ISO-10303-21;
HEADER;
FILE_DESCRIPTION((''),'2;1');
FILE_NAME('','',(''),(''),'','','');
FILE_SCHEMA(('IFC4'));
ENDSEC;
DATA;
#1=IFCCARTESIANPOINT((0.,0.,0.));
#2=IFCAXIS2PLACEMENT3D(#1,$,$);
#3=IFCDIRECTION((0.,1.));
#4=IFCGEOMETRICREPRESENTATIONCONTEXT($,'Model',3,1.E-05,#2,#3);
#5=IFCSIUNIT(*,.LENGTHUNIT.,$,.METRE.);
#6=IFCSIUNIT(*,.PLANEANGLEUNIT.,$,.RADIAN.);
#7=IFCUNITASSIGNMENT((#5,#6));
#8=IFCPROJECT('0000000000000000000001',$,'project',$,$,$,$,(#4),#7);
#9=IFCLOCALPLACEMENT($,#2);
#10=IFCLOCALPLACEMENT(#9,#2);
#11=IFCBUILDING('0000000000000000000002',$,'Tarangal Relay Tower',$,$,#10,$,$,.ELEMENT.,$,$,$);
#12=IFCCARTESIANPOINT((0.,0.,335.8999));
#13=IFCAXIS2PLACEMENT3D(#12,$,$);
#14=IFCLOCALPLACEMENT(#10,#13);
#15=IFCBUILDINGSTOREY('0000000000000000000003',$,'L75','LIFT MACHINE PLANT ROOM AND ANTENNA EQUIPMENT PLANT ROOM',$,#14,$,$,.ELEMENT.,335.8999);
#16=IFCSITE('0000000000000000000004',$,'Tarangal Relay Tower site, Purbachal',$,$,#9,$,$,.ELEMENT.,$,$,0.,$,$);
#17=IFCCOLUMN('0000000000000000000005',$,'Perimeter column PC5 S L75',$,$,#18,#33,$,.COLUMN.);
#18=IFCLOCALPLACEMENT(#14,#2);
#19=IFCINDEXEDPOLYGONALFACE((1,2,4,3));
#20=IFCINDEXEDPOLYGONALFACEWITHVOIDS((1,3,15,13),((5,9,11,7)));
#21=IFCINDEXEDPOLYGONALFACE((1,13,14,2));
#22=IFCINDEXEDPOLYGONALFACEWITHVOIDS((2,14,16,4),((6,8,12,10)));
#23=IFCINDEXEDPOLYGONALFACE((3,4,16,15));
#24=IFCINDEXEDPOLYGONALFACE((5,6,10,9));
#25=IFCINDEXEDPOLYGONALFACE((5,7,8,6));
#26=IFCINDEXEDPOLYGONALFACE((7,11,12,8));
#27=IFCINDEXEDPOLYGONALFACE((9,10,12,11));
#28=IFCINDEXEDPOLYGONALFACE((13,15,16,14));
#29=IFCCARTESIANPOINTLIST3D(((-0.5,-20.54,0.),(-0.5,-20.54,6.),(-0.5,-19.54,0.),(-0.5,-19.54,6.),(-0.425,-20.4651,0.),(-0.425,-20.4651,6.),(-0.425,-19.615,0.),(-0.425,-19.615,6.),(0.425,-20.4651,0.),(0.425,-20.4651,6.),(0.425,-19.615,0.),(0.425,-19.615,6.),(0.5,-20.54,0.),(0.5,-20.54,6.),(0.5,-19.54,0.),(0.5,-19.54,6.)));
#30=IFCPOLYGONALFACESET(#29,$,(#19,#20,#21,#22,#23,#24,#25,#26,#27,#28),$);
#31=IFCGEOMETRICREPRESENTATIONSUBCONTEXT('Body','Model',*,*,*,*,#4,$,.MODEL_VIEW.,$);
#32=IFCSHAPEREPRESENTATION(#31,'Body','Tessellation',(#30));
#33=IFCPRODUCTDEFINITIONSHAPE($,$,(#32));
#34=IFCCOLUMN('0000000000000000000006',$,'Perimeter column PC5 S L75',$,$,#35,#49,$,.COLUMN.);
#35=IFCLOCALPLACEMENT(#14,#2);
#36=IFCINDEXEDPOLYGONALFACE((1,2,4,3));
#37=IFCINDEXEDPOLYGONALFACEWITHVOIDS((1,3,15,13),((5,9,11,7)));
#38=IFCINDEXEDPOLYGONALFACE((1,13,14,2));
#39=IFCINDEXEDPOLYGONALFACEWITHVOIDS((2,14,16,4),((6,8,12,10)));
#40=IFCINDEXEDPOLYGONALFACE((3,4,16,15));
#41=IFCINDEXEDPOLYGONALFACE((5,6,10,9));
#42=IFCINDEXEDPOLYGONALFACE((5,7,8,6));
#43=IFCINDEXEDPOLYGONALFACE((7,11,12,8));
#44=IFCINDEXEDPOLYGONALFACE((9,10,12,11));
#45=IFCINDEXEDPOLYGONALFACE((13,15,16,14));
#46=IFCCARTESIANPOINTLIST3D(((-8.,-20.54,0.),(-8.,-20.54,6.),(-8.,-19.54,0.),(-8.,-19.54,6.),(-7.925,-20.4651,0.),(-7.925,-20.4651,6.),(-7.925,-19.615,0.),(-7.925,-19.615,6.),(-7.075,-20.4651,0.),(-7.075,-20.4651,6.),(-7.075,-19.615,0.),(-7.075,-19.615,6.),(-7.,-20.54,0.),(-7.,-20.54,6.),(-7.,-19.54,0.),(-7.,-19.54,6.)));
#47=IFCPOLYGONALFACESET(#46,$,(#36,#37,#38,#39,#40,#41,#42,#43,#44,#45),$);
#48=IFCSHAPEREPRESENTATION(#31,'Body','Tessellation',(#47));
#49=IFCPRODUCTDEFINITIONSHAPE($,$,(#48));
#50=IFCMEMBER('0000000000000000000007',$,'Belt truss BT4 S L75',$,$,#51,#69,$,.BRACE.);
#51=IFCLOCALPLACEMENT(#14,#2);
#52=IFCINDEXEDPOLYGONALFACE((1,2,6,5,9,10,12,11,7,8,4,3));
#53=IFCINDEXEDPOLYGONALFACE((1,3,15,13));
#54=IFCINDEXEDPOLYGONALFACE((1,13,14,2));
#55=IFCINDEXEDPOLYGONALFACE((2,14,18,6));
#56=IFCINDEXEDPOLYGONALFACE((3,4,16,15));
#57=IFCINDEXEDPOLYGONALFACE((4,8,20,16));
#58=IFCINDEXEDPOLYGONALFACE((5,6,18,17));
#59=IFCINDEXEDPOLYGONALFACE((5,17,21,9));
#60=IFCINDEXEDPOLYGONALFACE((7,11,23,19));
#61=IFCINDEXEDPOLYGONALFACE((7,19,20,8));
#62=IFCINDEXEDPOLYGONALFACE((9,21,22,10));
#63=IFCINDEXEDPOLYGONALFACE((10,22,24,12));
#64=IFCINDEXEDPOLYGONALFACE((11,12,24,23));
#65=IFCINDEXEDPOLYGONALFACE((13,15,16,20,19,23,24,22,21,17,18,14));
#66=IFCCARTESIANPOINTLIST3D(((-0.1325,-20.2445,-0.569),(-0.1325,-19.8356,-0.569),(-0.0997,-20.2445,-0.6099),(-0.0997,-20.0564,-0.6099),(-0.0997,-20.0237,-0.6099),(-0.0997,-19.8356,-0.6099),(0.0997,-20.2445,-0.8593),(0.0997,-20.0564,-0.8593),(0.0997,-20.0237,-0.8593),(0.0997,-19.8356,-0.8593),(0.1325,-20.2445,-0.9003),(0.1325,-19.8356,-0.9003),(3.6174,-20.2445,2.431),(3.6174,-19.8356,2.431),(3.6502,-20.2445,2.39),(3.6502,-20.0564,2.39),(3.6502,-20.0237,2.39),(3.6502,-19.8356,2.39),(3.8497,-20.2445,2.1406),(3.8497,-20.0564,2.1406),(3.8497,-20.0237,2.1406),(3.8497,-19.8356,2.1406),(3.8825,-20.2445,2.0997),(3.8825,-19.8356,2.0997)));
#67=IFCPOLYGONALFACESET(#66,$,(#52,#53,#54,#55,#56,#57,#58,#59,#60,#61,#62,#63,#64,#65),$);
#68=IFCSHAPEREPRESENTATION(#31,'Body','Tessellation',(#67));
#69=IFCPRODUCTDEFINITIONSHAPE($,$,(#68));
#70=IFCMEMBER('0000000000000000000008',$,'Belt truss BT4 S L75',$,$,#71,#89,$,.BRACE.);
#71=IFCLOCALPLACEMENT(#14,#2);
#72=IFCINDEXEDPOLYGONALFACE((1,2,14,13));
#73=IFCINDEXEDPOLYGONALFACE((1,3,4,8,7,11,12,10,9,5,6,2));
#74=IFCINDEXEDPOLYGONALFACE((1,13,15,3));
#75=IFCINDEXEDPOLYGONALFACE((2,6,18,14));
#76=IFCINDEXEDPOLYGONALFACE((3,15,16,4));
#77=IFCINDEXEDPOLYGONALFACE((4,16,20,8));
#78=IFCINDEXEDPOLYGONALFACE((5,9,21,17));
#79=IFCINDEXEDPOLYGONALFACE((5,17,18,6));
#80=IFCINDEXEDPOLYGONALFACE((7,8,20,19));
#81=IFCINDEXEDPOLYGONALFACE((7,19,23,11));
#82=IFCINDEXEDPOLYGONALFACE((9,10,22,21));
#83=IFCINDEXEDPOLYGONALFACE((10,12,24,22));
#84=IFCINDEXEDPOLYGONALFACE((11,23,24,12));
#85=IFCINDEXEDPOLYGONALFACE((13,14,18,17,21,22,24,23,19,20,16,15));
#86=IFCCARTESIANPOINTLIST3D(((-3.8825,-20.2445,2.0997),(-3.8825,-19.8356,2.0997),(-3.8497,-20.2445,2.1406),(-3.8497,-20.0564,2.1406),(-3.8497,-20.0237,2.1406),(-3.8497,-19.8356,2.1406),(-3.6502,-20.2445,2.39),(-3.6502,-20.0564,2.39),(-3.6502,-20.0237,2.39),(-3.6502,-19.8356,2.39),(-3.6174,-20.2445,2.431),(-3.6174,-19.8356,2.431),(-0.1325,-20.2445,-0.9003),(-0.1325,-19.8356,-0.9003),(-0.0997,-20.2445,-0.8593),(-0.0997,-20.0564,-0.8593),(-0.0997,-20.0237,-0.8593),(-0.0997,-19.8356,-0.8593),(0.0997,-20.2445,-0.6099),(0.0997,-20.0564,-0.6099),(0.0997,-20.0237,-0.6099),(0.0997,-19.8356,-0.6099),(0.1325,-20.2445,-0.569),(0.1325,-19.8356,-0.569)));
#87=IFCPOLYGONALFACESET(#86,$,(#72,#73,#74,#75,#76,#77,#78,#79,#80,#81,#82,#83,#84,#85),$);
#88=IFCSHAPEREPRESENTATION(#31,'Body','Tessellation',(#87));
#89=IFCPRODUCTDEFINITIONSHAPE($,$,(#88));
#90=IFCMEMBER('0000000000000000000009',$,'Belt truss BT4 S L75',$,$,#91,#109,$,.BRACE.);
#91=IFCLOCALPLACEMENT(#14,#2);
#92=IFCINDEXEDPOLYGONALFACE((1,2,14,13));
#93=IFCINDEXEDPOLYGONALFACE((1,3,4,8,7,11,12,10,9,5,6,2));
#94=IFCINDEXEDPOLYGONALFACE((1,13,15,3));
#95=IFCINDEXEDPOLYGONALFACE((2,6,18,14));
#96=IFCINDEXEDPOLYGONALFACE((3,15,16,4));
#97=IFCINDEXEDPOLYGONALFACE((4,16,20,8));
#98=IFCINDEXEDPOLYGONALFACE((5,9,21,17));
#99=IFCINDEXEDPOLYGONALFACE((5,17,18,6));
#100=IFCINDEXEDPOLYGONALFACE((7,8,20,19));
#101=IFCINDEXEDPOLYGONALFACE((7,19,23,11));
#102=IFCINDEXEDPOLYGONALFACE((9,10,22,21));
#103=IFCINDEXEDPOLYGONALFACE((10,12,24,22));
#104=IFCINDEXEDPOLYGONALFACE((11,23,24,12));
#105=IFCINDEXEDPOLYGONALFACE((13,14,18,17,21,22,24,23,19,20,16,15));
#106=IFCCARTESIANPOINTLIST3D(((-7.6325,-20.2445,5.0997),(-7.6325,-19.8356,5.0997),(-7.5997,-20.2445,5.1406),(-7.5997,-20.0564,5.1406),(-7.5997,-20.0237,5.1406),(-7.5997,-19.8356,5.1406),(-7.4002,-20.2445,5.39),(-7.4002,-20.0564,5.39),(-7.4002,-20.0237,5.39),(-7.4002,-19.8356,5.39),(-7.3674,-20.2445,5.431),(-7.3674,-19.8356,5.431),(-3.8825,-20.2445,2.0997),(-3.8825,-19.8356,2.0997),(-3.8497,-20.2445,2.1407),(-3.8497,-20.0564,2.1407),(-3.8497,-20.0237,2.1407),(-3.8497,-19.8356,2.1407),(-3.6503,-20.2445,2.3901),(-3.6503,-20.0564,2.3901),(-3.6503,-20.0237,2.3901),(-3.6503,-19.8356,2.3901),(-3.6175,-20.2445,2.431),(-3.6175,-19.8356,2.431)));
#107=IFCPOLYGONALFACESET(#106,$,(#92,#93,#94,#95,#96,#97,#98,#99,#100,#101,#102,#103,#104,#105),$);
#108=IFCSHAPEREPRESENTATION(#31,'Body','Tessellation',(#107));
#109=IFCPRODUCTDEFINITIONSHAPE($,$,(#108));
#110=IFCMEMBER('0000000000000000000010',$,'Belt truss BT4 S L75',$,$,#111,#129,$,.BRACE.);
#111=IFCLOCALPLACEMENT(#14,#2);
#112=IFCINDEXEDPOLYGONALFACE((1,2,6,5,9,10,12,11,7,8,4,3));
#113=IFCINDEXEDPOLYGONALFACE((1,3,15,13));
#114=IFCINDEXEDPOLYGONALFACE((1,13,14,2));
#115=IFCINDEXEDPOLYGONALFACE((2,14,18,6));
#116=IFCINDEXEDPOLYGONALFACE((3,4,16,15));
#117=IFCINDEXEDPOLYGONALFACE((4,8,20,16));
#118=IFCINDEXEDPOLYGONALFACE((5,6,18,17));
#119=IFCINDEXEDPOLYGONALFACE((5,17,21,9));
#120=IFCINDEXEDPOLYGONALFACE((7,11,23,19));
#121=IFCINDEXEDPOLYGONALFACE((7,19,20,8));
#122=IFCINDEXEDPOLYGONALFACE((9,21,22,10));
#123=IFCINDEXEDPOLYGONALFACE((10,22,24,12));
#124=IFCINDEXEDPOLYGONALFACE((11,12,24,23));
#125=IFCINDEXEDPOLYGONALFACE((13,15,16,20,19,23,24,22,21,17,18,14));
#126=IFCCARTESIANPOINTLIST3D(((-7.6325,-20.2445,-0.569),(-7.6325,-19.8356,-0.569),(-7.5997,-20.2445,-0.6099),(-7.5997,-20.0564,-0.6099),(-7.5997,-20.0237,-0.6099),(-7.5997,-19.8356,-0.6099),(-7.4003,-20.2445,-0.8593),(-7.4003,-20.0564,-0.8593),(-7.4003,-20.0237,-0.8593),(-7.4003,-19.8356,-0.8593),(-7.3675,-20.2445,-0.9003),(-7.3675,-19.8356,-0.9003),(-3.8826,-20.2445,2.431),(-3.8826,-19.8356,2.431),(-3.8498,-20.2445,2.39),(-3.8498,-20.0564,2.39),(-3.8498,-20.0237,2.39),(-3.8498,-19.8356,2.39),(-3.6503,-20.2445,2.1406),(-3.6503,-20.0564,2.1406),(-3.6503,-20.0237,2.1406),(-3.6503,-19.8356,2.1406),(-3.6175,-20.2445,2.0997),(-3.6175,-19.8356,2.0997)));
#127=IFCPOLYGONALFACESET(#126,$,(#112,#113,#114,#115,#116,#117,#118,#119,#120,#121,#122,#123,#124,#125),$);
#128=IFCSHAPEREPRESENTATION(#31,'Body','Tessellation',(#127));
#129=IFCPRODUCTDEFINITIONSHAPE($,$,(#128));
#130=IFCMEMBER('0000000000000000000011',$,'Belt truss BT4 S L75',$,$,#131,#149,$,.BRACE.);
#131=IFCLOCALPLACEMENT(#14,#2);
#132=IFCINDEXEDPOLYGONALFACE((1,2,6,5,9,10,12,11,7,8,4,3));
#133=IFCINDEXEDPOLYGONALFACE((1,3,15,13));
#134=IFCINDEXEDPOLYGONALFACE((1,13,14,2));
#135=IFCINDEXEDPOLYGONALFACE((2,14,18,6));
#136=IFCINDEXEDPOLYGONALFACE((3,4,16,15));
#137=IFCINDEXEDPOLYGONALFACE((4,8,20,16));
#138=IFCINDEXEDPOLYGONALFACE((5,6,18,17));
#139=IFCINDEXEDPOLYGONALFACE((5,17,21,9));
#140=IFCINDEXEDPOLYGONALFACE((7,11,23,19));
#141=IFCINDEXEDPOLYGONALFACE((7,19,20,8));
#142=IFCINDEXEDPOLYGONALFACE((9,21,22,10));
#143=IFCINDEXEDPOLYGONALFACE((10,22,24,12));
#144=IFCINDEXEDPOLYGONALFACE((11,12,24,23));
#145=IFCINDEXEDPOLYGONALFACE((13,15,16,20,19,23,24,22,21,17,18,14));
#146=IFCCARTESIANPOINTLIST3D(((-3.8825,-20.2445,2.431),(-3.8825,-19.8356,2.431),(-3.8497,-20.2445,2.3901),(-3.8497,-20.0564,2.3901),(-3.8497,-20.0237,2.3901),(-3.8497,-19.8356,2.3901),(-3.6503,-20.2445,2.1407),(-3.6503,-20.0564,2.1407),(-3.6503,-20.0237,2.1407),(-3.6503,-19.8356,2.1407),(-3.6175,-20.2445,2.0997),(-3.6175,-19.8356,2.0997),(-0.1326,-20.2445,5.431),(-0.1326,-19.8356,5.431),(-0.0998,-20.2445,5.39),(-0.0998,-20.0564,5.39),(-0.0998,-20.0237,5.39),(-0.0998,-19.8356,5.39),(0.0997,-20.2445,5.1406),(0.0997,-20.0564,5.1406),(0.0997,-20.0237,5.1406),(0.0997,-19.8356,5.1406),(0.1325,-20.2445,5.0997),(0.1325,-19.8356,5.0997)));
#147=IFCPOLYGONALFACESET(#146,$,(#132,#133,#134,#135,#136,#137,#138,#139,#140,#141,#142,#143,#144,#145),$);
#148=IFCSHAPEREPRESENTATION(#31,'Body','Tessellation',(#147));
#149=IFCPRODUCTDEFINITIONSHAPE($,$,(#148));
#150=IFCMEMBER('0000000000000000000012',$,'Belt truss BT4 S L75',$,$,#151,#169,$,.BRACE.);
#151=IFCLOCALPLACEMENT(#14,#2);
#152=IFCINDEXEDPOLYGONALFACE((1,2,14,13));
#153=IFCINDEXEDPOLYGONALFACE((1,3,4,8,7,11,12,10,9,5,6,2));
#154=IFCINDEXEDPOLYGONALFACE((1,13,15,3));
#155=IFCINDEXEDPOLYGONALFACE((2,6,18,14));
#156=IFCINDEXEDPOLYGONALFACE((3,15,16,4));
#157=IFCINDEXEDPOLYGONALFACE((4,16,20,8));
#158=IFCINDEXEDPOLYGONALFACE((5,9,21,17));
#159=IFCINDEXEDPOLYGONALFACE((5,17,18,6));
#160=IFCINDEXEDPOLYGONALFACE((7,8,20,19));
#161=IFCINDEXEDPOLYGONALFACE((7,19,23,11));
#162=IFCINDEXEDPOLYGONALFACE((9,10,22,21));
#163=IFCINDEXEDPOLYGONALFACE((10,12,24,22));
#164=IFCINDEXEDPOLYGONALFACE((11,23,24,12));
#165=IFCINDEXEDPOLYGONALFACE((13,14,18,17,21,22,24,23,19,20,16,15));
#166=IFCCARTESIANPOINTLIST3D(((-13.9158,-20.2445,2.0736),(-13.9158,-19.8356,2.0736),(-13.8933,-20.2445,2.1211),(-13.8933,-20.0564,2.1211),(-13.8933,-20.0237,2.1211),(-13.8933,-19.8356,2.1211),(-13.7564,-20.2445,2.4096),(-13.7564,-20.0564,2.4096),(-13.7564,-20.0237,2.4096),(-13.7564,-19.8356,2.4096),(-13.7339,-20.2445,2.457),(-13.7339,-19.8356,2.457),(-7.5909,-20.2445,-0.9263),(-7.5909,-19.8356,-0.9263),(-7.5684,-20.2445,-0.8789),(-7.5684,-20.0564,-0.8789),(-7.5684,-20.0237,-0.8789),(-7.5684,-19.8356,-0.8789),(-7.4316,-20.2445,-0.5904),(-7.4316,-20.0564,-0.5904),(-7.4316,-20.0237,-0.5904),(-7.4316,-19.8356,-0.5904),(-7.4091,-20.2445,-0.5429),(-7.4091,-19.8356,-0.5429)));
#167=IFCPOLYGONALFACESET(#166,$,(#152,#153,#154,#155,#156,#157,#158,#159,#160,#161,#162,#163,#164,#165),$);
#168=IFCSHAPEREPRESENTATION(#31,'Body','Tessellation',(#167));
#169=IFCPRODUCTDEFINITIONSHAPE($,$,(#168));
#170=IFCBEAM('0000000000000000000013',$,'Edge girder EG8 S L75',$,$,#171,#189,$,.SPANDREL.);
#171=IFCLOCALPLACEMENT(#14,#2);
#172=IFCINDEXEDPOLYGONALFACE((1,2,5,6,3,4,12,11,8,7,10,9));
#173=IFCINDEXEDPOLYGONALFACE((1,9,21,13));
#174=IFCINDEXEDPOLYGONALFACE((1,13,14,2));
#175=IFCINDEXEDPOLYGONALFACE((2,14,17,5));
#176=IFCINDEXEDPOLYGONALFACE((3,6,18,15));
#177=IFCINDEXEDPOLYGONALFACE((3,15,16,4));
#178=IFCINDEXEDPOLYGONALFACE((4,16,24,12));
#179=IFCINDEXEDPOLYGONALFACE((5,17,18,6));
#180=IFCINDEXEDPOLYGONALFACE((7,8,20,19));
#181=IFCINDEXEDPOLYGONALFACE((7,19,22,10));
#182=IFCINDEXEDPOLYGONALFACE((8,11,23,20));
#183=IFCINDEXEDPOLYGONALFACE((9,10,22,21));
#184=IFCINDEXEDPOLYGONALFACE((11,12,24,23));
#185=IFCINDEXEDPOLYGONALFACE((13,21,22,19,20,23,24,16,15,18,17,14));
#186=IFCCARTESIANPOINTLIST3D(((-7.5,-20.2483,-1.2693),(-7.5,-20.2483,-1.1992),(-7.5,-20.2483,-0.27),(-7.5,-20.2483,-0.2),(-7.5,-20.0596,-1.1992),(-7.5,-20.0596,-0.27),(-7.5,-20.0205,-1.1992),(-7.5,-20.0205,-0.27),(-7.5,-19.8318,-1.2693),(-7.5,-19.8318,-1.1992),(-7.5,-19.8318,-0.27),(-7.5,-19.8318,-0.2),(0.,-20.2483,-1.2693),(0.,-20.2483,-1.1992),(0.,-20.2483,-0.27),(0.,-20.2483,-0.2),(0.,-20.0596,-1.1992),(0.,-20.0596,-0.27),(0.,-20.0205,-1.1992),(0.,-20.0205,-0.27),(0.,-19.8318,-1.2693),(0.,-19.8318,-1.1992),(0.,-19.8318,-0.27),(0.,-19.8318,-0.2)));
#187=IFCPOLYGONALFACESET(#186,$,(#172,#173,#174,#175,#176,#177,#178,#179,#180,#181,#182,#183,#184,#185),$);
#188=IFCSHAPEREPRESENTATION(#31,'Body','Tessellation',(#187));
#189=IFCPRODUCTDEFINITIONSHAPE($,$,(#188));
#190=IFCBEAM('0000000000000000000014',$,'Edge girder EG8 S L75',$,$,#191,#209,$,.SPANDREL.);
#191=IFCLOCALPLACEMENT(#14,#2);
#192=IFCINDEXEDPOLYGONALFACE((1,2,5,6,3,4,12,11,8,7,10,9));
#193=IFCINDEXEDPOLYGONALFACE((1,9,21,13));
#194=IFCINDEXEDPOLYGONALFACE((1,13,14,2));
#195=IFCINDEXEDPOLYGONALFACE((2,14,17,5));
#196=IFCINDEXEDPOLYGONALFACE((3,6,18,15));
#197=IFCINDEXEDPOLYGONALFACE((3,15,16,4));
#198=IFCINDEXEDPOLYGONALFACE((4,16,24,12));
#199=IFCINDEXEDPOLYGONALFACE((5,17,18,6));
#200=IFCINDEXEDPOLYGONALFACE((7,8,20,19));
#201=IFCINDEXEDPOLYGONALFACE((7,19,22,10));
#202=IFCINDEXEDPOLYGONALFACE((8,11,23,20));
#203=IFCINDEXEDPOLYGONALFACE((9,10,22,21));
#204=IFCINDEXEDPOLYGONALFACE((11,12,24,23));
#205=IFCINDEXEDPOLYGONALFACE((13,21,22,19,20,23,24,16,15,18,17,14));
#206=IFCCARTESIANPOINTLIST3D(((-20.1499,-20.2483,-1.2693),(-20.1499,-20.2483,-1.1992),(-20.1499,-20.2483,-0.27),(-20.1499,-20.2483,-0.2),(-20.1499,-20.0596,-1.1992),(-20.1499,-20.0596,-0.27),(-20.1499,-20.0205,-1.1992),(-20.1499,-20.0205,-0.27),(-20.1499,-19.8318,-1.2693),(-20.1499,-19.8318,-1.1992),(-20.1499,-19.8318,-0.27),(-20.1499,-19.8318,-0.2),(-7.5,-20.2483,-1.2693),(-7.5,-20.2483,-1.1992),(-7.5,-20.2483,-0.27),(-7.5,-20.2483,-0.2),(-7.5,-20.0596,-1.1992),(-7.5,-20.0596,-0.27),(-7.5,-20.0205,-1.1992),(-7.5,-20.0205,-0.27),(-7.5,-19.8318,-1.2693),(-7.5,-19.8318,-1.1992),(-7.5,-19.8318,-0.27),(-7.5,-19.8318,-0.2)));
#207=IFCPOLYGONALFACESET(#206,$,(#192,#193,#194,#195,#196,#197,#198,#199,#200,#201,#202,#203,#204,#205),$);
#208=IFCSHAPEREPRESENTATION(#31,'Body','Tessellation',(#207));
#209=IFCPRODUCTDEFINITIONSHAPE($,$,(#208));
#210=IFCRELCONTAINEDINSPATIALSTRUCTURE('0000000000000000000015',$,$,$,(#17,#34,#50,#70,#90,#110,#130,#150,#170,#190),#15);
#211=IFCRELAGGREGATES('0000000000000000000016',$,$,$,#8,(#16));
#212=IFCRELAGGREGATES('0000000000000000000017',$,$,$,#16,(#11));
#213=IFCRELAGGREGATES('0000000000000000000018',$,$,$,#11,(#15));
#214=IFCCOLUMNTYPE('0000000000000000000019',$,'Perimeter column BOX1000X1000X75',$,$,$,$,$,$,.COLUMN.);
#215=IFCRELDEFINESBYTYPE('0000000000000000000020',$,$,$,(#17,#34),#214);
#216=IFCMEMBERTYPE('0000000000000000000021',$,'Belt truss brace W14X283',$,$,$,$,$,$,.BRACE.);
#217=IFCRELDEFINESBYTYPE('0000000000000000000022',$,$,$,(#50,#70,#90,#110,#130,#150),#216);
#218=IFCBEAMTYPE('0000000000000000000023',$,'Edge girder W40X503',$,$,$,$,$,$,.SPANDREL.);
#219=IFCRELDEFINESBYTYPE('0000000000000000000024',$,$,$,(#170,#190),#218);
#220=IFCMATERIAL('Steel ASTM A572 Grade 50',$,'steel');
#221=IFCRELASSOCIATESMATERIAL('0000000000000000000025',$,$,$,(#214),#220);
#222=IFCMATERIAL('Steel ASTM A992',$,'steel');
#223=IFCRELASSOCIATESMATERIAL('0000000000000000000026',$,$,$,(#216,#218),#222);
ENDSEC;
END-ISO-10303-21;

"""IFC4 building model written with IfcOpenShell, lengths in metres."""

from ifc_helpers import new_model, si_unit, direction, frame, origin, origin_2d, place, context, subcontext, project, spatial, hollow_rectangle, i_section, extrude, material, material_profile, profile_set, type_object, element, save


model = new_model("IFC4")

# Units and contexts
model_context = context("Model", 3, precision=1e-05, world=origin(), true_north=direction((0.0, 1.0)))
body_context = subcontext(model_context, "Body", "Model", "MODEL_VIEW")
ifc_project = project(units=[si_unit("LENGTHUNIT", "METRE"), si_unit("PLANEANGLEUNIT", "RADIAN")], contexts=[model_context])

# Site, building, storey
site_placement = place(None, origin())
site = spatial("IfcSite", under=ifc_project, at=site_placement, Name="Tarangal Relay Tower site, Purbachal", CompositionType="ELEMENT", RefElevation=0.0)
building_placement = place(site_placement, origin())
building = spatial("IfcBuilding", under=site, at=building_placement, Name="Tarangal Relay Tower", CompositionType="ELEMENT")
storey_placement = place(building_placement, frame((0.0, 0.0, 335.8999)))
storey = spatial("IfcBuildingStorey", under=building, at=storey_placement, Name="L75", Description="LIFT MACHINE PLANT ROOM AND ANTENNA EQUIPMENT PLANT ROOM", CompositionType="ELEMENT", Elevation=335.8999)

# Columns
ifc_material_1 = material(Name="Steel ASTM A572 Grade 50", Category="steel")
ifc_material_profile_1 = material_profile(ifc_material_1, hollow_rectangle(XDim=1.0, YDim=1.0, WallThickness=0.075, at=origin_2d()), Name="BOX1000X1000X75")
ifc_profile_set_1 = profile_set([ifc_material_profile_1], Name="Steel ASTM A572 Grade 50")
column_type = type_object("IfcColumnType", Name="Perimeter column BOX1000X1000X75", PredefinedType="COLUMN", material=ifc_profile_set_1)
for number, where, z_axis, x_axis, name in (
    (1, (0.0, -20.04, 0.0), (0.0, 0.0, 1.0), (1.0, 0.0, 0.0), "Perimeter column PC5 S L75"),
    (2, (-7.5, -20.04, 0.0), (0.0, 0.0, 1.0), (1.0, 0.0, 0.0), "Perimeter column PC5 S L75"),
):
    element("IfcColumn", number, at=place(storey_placement, frame(where, z_axis=z_axis, x_axis=x_axis)), inside=storey, type_object=column_type, Name=name, PredefinedType="COLUMN", context=body_context, shape_type="SweptSolid", body=[
        extrude(hollow_rectangle(XDim=1.0, YDim=1.0, WallThickness=0.075, at=origin_2d()), origin(), (0.0, 0.0, 1.0), 6.0),
    ])

# Members
ifc_material_2 = material(Name="Steel ASTM A992", Category="steel")
ifc_material_profile_2 = material_profile(ifc_material_2, i_section(OverallWidth=0.4089, OverallDepth=0.4243, WebThickness=0.0327, FlangeThickness=0.0525, at=origin_2d()), Name="W14X283")
ifc_profile_set_2 = profile_set([ifc_material_profile_2], Name="Steel ASTM A992")
member_type = type_object("IfcMemberType", Name="Belt truss brace W14X283", PredefinedType="BRACE", material=ifc_profile_set_2)
for number, where, z_axis, x_axis, name in (
    (3, (0.0, -20.04, -0.7346), (0.780869, 0.0, 0.624695), (0.0, 1.0, 0.0), "Belt truss BT4 S L75"),
    (4, (0.0, -20.04, -0.7346), (-0.780869, 0.0, 0.624695), (0.0, -1.0, 0.0), "Belt truss BT4 S L75"),
    (5, (-3.75, -20.04, 2.2654), (-0.780869, 0.0, 0.624695), (0.0, -1.0, 0.0), "Belt truss BT4 S L75"),
    (6, (-7.5, -20.04, -0.7346), (0.780869, 0.0, 0.624695), (0.0, 1.0, 0.0), "Belt truss BT4 S L75"),
    (7, (-3.75, -20.04, 2.2654), (0.780869, 0.0, 0.624695), (0.0, 1.0, 0.0), "Belt truss BT4 S L75"),
):
    element("IfcMember", number, at=place(storey_placement, frame(where, z_axis=z_axis, x_axis=x_axis)), inside=storey, type_object=member_type, Name=name, PredefinedType="BRACE", context=body_context, shape_type="SweptSolid", body=[
        extrude(i_section(OverallWidth=0.4089, OverallDepth=0.4243, WebThickness=0.0327, FlangeThickness=0.0525, at=origin_2d()), origin(), (0.0, 0.0, 1.0), 4.8022),
    ])
member_placement = place(storey_placement, frame((-7.5, -20.04, -0.7346), z_axis=(-0.903518, 0.0, 0.42855), x_axis=(0.0, -1.0, 0.0)))
element("IfcMember", 8, at=member_placement, inside=storey, type_object=member_type, Name="Belt truss BT4 S L75", PredefinedType="BRACE", context=body_context, shape_type="SweptSolid", body=[
    extrude(i_section(OverallWidth=0.4089, OverallDepth=0.4243, WebThickness=0.0327, FlangeThickness=0.0525, at=origin_2d()), origin(), (0.0, 0.0, 1.0), 7.0002),
])

# Beams
ifc_material_profile_3 = material_profile(ifc_material_2, i_section(OverallWidth=0.4165, OverallDepth=1.0693, WebThickness=0.0391, FlangeThickness=0.0701, at=origin_2d()), Name="W40X503")
ifc_profile_set_3 = profile_set([ifc_material_profile_3], Name="Steel ASTM A992")
beam_type_1 = type_object("IfcBeamType", Name="Edge girder W40X503", PredefinedType="SPANDREL", material=ifc_profile_set_3)
beam_1_placement = place(storey_placement, frame((0.0, -20.04, -0.7346), z_axis=(-1.0, 0.0, 0.0), x_axis=(0.0, -1.0, 0.0)))
element("IfcBeam", 9, at=beam_1_placement, inside=storey, type_object=beam_type_1, Name="Edge girder EG8 S L75", PredefinedType="SPANDREL", context=body_context, shape_type="SweptSolid", body=[
    extrude(i_section(OverallWidth=0.4165, OverallDepth=1.0693, WebThickness=0.0391, FlangeThickness=0.0701, at=origin_2d()), origin(), (0.0, 0.0, 1.0), 7.5),
])
beam_2_placement = place(storey_placement, frame((-7.5, -20.04, -0.7346), z_axis=(-1.0, 0.0, 0.0), x_axis=(0.0, -1.0, 0.0)))
element("IfcBeam", 10, at=beam_2_placement, inside=storey, type_object=beam_type_1, Name="Edge girder EG8 S L75", PredefinedType="SPANDREL", context=body_context, shape_type="SweptSolid", body=[
    extrude(i_section(OverallWidth=0.4165, OverallDepth=1.0693, WebThickness=0.0391, FlangeThickness=0.0701, at=origin_2d()), origin(), (0.0, 0.0, 1.0), 12.6499),
])

save(model, "model.ifc")
